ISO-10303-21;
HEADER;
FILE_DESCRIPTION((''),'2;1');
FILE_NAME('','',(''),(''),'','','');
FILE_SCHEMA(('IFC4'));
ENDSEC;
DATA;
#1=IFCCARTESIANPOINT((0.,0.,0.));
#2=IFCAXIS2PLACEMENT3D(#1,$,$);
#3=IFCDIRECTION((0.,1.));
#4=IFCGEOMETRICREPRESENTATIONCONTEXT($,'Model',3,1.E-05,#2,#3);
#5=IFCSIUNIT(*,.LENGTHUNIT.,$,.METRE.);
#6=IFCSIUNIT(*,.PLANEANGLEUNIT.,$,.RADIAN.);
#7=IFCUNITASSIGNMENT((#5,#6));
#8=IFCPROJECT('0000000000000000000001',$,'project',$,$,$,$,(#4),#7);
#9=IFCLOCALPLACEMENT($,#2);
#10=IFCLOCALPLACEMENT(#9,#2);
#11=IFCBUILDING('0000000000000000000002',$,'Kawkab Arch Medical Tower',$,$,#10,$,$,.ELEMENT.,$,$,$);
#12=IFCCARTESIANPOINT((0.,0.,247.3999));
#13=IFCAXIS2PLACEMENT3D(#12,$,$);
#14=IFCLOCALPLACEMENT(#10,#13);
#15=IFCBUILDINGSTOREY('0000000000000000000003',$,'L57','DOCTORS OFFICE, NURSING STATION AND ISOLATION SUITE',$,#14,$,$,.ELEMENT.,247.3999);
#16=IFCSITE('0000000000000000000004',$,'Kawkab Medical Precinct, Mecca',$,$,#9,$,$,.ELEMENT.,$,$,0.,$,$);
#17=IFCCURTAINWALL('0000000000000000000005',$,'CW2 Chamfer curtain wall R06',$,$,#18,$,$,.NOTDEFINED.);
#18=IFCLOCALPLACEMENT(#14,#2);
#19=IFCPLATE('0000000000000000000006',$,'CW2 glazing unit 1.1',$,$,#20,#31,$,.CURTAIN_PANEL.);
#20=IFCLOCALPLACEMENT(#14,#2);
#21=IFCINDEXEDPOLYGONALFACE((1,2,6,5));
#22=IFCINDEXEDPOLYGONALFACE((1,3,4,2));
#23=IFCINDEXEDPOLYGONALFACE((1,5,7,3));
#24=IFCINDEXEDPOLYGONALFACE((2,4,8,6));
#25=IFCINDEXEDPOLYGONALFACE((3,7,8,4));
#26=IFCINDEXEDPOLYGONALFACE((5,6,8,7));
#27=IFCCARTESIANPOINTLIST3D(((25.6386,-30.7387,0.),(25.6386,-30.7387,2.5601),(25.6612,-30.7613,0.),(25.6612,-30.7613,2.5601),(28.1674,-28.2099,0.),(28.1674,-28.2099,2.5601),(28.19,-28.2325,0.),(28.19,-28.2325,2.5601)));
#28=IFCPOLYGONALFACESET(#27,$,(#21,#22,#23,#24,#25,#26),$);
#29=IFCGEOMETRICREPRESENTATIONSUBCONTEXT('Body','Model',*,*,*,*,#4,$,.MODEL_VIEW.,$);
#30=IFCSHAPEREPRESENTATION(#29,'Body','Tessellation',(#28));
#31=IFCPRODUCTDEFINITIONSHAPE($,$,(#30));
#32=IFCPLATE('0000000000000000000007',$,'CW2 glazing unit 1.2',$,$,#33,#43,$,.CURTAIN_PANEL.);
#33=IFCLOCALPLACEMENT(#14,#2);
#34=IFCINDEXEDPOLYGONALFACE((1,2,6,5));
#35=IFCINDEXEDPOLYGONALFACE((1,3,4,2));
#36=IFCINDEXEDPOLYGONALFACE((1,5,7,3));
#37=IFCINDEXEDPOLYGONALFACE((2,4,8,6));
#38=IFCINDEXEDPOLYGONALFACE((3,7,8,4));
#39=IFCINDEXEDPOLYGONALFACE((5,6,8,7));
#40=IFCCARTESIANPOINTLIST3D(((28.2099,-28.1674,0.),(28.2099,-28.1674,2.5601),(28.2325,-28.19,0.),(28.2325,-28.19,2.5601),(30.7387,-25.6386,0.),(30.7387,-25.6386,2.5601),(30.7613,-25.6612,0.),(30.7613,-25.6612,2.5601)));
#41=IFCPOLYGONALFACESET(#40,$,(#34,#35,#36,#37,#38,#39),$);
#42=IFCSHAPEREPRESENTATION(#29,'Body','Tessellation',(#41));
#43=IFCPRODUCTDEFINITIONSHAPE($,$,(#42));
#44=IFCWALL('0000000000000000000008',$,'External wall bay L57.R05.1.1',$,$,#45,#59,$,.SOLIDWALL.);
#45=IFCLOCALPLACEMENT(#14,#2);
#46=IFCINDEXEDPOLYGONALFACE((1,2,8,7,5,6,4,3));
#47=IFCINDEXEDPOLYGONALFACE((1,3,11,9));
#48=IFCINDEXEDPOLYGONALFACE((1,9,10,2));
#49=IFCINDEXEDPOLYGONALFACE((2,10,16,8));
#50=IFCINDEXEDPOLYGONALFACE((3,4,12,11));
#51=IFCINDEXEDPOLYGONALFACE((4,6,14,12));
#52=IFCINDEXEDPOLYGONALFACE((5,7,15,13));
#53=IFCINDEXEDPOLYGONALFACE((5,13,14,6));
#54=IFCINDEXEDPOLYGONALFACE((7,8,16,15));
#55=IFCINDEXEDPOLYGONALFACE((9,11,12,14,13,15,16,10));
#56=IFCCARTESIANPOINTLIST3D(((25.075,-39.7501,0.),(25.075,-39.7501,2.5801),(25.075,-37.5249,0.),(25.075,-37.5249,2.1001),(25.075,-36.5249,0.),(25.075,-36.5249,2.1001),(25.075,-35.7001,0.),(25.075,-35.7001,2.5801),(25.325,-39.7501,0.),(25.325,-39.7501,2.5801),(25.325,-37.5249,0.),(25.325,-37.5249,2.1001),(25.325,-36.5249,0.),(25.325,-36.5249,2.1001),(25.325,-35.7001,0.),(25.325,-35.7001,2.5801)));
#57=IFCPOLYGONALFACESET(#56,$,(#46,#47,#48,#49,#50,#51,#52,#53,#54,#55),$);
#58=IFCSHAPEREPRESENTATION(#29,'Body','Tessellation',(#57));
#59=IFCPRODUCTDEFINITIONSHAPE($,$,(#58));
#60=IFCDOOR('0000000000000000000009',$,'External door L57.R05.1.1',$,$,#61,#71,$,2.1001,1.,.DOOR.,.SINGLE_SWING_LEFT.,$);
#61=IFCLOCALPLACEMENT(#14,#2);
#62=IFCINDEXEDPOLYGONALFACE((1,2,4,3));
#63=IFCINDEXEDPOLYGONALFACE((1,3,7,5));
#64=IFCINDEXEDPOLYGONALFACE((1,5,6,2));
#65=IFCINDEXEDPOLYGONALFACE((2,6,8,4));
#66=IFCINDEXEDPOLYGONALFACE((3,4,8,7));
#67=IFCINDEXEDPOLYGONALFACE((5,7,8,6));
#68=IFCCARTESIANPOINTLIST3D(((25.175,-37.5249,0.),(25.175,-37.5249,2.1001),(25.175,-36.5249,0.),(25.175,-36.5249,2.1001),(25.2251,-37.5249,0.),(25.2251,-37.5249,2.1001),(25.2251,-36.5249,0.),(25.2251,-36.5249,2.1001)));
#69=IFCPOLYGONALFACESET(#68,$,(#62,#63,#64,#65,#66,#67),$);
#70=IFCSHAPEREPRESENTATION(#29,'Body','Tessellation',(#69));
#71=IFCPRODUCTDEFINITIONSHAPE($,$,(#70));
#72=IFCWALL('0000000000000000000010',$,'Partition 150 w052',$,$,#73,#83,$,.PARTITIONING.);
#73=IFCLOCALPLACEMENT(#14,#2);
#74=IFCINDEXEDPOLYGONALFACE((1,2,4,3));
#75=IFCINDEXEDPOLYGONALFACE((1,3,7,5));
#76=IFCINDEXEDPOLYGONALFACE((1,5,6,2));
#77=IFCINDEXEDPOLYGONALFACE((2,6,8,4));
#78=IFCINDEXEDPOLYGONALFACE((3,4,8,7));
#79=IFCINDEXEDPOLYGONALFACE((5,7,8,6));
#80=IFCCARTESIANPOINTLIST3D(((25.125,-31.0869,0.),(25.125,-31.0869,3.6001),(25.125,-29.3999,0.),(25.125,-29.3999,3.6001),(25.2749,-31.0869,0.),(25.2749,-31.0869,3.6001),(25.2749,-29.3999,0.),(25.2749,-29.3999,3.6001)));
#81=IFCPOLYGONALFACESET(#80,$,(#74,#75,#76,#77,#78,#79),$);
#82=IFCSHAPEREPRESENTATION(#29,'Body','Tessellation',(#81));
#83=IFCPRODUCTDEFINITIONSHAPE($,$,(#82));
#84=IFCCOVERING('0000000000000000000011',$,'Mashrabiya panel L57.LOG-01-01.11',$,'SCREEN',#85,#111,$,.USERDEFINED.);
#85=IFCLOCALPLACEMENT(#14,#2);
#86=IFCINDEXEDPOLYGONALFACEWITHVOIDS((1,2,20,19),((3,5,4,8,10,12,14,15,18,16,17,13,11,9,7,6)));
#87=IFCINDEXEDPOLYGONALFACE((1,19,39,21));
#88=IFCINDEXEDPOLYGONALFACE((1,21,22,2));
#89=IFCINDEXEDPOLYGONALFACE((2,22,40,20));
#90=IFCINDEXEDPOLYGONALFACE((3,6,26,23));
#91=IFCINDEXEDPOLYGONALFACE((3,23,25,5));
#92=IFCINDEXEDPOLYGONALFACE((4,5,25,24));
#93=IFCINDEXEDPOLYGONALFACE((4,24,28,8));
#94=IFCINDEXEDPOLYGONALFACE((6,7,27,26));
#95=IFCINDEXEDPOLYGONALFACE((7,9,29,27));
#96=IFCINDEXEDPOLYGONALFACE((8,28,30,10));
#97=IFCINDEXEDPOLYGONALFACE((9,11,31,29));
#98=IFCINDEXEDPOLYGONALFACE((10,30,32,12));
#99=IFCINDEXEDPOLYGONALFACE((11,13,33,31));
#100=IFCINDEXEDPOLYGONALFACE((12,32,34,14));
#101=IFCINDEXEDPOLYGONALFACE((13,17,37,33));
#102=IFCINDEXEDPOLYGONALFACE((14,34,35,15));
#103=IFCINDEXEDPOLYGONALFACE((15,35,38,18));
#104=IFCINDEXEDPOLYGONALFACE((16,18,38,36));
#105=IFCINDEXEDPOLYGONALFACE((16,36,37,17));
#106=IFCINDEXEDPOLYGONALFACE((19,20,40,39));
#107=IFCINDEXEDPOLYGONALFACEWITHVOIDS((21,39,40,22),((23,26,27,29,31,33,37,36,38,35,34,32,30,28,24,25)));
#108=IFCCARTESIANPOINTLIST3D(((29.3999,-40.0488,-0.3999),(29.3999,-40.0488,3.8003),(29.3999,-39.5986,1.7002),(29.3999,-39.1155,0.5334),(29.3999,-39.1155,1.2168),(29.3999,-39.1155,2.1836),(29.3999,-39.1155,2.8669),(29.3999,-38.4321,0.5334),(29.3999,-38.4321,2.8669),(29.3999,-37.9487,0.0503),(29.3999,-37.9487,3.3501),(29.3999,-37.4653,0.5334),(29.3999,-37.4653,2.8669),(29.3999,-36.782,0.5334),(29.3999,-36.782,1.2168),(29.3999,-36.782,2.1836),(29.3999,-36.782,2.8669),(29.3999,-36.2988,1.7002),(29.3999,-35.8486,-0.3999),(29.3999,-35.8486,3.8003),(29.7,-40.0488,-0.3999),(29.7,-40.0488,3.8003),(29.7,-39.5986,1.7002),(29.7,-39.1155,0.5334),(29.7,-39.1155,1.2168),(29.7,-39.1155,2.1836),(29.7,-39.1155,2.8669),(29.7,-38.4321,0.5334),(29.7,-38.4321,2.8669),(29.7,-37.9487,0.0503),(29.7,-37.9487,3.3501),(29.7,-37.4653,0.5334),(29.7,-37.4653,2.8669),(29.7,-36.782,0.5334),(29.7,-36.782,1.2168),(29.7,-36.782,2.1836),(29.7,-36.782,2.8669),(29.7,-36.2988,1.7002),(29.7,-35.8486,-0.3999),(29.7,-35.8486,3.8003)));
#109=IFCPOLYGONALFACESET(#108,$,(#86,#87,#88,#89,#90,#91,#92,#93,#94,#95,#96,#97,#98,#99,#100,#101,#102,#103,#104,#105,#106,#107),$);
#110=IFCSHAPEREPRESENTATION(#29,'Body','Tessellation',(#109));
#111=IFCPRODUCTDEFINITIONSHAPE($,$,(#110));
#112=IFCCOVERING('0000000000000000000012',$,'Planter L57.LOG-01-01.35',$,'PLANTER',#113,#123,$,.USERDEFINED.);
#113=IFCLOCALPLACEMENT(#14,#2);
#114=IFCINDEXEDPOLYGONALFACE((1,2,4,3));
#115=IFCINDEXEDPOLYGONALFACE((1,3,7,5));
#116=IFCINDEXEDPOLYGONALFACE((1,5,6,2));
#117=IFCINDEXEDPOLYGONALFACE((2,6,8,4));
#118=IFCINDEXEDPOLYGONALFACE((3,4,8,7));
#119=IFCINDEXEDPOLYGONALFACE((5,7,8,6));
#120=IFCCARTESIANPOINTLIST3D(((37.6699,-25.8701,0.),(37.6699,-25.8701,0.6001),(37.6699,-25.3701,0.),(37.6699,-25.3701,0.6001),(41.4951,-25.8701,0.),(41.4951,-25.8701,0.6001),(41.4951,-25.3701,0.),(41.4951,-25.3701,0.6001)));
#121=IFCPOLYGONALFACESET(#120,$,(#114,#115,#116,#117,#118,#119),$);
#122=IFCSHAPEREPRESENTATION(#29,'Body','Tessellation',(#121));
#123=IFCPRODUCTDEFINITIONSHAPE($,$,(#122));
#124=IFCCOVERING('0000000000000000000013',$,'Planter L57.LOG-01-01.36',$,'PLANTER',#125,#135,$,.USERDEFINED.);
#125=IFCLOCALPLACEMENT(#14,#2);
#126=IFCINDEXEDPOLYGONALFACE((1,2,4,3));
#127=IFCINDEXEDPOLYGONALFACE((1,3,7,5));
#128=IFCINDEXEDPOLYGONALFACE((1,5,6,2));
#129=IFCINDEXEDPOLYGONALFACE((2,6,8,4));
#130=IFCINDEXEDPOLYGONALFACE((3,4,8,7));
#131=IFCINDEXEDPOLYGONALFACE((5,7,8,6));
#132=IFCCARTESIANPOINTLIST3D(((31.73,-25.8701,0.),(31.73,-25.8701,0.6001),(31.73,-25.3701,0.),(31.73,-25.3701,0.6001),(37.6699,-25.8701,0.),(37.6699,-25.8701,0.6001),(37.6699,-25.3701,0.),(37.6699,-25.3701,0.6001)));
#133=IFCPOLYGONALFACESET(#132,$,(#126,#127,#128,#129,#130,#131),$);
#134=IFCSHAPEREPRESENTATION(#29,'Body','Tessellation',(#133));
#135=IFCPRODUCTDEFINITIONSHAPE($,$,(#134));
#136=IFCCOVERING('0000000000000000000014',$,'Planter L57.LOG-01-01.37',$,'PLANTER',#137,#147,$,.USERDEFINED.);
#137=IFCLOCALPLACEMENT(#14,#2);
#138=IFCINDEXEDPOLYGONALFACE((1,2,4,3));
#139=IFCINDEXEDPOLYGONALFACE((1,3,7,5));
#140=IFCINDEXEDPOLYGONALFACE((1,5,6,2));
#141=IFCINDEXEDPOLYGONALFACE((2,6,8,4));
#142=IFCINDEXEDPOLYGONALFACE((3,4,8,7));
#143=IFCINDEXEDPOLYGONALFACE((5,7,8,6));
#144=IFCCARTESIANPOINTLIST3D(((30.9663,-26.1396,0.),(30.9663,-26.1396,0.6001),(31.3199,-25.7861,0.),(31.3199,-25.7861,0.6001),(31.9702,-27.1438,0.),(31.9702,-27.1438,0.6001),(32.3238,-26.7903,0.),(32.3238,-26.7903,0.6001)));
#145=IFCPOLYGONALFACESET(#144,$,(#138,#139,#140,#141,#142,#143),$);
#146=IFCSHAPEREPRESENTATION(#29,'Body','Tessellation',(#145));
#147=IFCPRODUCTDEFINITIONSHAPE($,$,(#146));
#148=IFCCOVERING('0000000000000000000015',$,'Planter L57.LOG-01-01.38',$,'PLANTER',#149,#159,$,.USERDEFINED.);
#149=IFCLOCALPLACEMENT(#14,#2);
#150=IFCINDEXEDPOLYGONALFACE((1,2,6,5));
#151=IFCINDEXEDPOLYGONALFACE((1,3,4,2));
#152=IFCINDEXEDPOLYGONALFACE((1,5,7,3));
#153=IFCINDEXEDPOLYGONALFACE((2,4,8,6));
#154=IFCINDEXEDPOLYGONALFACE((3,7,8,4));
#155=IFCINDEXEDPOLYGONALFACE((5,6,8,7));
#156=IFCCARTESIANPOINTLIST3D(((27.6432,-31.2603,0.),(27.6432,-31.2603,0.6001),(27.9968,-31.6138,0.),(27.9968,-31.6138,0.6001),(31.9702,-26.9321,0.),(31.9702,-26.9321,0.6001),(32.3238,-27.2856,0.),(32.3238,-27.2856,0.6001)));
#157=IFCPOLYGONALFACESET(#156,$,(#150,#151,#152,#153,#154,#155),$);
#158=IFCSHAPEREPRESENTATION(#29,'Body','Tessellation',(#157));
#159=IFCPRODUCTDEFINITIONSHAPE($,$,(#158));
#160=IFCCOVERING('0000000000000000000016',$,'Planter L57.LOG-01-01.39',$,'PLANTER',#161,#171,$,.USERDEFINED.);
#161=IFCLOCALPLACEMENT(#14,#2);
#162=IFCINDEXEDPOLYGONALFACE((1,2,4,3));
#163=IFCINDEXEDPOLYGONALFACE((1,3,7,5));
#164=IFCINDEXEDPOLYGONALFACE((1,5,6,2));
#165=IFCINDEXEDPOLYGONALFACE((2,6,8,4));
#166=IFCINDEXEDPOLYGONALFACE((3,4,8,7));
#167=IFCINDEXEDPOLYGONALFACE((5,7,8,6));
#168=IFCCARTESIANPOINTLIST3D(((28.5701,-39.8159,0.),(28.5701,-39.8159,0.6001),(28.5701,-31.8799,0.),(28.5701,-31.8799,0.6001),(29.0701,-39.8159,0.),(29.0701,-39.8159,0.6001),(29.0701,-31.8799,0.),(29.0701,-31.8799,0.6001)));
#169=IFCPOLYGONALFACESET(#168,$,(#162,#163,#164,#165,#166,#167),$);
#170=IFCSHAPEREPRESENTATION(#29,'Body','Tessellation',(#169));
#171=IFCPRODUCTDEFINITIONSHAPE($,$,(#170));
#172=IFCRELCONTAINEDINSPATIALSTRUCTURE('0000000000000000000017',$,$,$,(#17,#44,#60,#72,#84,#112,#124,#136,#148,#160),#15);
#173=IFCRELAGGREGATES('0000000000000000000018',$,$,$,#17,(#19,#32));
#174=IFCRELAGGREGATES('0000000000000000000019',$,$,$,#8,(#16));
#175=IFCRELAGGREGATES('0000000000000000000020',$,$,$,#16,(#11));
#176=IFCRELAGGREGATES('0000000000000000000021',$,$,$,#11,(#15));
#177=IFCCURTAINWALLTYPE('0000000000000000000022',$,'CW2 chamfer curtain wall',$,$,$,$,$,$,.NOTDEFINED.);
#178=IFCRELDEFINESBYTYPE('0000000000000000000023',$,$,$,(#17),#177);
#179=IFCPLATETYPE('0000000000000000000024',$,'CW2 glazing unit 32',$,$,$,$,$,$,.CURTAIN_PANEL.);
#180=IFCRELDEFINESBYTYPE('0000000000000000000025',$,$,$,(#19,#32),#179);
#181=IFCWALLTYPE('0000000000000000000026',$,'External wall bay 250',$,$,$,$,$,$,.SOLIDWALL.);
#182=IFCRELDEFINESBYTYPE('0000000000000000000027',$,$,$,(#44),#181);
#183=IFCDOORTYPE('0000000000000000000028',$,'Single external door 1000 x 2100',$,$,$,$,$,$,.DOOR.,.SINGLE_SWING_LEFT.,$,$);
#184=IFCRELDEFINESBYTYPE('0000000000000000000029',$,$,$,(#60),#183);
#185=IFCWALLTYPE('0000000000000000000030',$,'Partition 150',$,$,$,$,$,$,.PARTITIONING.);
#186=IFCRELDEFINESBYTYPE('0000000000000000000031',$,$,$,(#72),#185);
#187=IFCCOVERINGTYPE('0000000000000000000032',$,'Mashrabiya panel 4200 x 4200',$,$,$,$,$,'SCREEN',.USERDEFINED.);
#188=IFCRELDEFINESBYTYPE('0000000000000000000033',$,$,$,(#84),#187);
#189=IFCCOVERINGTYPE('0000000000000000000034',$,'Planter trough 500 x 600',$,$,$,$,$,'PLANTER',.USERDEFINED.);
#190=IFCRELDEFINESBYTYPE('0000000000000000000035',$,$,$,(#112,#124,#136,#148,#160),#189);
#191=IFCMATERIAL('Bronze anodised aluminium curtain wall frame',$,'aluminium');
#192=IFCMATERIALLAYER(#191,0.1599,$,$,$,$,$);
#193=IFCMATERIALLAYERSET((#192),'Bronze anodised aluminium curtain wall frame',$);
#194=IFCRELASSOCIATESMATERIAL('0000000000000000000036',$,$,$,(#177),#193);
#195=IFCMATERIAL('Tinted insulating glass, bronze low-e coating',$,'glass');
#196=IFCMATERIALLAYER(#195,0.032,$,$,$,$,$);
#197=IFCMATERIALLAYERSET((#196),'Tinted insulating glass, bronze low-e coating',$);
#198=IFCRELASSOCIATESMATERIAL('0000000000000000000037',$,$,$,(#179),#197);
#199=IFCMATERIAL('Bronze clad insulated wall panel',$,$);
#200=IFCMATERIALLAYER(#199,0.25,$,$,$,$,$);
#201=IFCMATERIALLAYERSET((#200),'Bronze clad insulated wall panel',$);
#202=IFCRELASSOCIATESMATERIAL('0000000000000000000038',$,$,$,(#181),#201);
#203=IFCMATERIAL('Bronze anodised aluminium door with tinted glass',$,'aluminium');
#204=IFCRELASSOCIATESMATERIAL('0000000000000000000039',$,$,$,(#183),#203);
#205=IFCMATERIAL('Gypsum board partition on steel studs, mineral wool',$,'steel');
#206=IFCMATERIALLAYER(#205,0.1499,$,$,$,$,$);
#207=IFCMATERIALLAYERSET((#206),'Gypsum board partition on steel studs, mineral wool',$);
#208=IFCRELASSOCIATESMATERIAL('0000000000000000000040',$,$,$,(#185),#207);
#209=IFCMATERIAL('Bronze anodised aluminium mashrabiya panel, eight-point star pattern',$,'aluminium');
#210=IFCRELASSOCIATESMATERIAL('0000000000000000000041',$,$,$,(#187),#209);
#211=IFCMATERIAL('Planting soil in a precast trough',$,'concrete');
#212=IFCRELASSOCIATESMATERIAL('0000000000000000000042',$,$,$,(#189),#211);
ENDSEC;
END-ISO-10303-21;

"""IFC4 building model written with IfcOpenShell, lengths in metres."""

from ifc_helpers import new_model, si_unit, direction, frame, frame_2d, origin, origin_2d, place, context, subcontext, project, spatial, polyline, rectangle, outline, extrude, material, layer, layer_set, material_profile, profile_set, type_object, element, fill, aggregate, save


model = new_model("IFC4")

# Units and contexts
model_context = context("Model", 3, precision=1e-05, world=origin(), true_north=direction((0.0, 1.0)))
body_context = subcontext(model_context, "Body", "Model", "MODEL_VIEW")
ifc_project = project(units=[si_unit("LENGTHUNIT", "METRE"), si_unit("PLANEANGLEUNIT", "RADIAN")], contexts=[model_context])

# Site, building, storey
site_placement = place(None, origin())
site = spatial("IfcSite", under=ifc_project, at=site_placement, Name="Kawkab Medical Precinct, Mecca", CompositionType="ELEMENT", RefElevation=0.0)
building_placement = place(site_placement, origin())
building = spatial("IfcBuilding", under=site, at=building_placement, Name="Kawkab Arch Medical Tower", CompositionType="ELEMENT")
storey_placement = place(building_placement, frame((0.0, 0.0, 247.3999)))
storey = spatial("IfcBuildingStorey", under=building, at=storey_placement, Name="L57", Description="DOCTORS OFFICE, NURSING STATION AND ISOLATION SUITE", CompositionType="ELEMENT", Elevation=247.3999)

# Shared definitions
placement = place(storey_placement, origin())
ifc_material_1 = material(Name="Bronze anodised aluminium curtain wall frame", Category="aluminium")
ifc_layer_1 = layer(ifc_material_1, 0.1599)
ifc_layer_set_1 = layer_set([ifc_layer_1], Name="Bronze anodised aluminium curtain wall frame")
curtain_wall_type_1 = type_object("IfcCurtainWallType", Name="CW2 chamfer curtain wall", PredefinedType="NOTDEFINED", material=ifc_layer_set_1)

# Curtain wall
curtain_wall_1 = element("IfcCurtainWall", 1, at=placement, inside=storey, type_object=curtain_wall_type_1, Name="CW2 Chamfer curtain wall R06", PredefinedType="NOTDEFINED")

# Plates
ifc_material_2 = material(Name="Tinted insulating glass, bronze low-e coating", Category="glass")
ifc_layer_2 = layer(ifc_material_2, 0.032)
ifc_layer_set_2 = layer_set([ifc_layer_2], Name="Tinted insulating glass, bronze low-e coating")
plate_type_1 = type_object("IfcPlateType", Name="CW2 glazing unit 32", PredefinedType="CURTAIN_PANEL", material=ifc_layer_set_2)
plate_1_placement = place(storey_placement, frame((26.9143, -29.4856, 0.0), z_axis=(0.0, 0.0, 1.0), x_axis=(0.707107, 0.707107, 0.0)))
plate_1 = element("IfcPlate", 2, at=plate_1_placement, type_object=plate_type_1, Name="CW2 glazing unit 1.1", PredefinedType="CURTAIN_PANEL", context=body_context, shape_type="SweptSolid", body=[
    extrude(rectangle(XDim=3.5762, YDim=0.032, at=origin_2d()), origin(), (0.0, 0.0, 1.0), 2.5601),
])
plate_2_placement = place(storey_placement, frame((29.4856, -26.9143, 0.0), z_axis=(0.0, 0.0, 1.0), x_axis=(0.707107, 0.707107, 0.0)))
plate_2 = element("IfcPlate", 3, at=plate_2_placement, type_object=plate_type_1, Name="CW2 glazing unit 1.2", PredefinedType="CURTAIN_PANEL", context=body_context, shape_type="SweptSolid", body=[
    extrude(rectangle(XDim=3.5762, YDim=0.032, at=origin_2d()), origin(), (0.0, 0.0, 1.0), 2.5601),
])
aggregate(curtain_wall_1, [plate_1, plate_2])

# Wall, opening, door
ifc_material_3 = material(Name="Bronze clad insulated wall panel")
ifc_layer_3 = layer(ifc_material_3, 0.25)
ifc_layer_set_3 = layer_set([ifc_layer_3], Name="Bronze clad insulated wall panel")
wall_type_1 = type_object("IfcWallType", Name="External wall bay 250", PredefinedType="SOLIDWALL", material=ifc_layer_set_3)
wall_1_placement = place(storey_placement, frame((25.2, -39.75, 0.0), z_axis=(0.0, 0.0, 1.0), x_axis=(0.0, 1.0, 0.0)))
wall_1 = element("IfcWall", 4, at=wall_1_placement, inside=storey, type_object=wall_type_1, Name="External wall bay L57.R05.1.1", PredefinedType="SOLIDWALL", context=body_context, shape_type="SweptSolid", body=[
    extrude(rectangle(XDim=4.05, YDim=0.25, at=frame_2d((2.0249, 0.0))), origin(), (0.0, 0.0, 1.0), 2.5801),
])
opening_placement = place(wall_1_placement, frame((2.2251, 0.0, 0.0)))
opening = element("IfcOpeningElement", 5, at=opening_placement, cuts=wall_1, PredefinedType="OPENING", context=body_context, shape_type="SweptSolid", body=[
    extrude(rectangle(XDim=1.0, YDim=2.1001, at=frame_2d((0.5, 1.05))), frame((0.0, 0.135, 0.0), z_axis=(0.0, -1.0, 0.0), x_axis=(1.0, 0.0, 0.0)), (0.0, 0.0, 1.0), 0.27),
])
ifc_material_4 = material(Name="Bronze anodised aluminium door with tinted glass", Category="aluminium")
door_type = type_object("IfcDoorType", Name="Single external door 1000 x 2100", OperationType="SINGLE_SWING_LEFT", PredefinedType="DOOR", material=ifc_material_4)
door_placement = place(opening_placement, origin())
door = element("IfcDoor", 6, at=door_placement, inside=storey, type_object=door_type, Name="External door L57.R05.1.1", OperationType="SINGLE_SWING_LEFT", OverallHeight=2.1001, OverallWidth=1.0, PredefinedType="DOOR", context=body_context, shape_type="SweptSolid", body=[
    extrude(rectangle(XDim=1.0, YDim=2.1001, at=frame_2d((0.5, 1.05))), frame((0.0, 0.0249, 0.0), z_axis=(0.0, -1.0, 0.0), x_axis=(1.0, 0.0, 0.0)), (0.0, 0.0, 1.0), 0.05),
])
fill(opening, door)

# Wall
ifc_material_5 = material(Name="Gypsum board partition on steel studs, mineral wool", Category="steel")
ifc_layer_4 = layer(ifc_material_5, 0.1499)
ifc_layer_set_4 = layer_set([ifc_layer_4], Name="Gypsum board partition on steel studs, mineral wool")
wall_type_2 = type_object("IfcWallType", Name="Partition 150", PredefinedType="PARTITIONING", material=ifc_layer_set_4)
wall_2_placement = place(storey_placement, frame((25.2, -31.0869, 0.0), z_axis=(0.0, 0.0, 1.0), x_axis=(0.0, 1.0, 0.0)))
element("IfcWall", 7, at=wall_2_placement, inside=storey, type_object=wall_type_2, Name="Partition 150 w052", PredefinedType="PARTITIONING", context=body_context, shape_type="SweptSolid", body=[
    extrude(rectangle(XDim=1.687, YDim=0.1499, at=frame_2d((0.8435, 0.0))), origin(), (0.0, 0.0, 1.0), 3.6001),
])

# Coverings
ifc_material_6 = material(Name="Bronze anodised aluminium mashrabiya panel, eight-point star pattern", Category="aluminium")
ifc_material_profile_1 = material_profile(ifc_material_6, outline(polyline([(-2.1001, -2.1001), (2.1001, -2.1001), (2.1001, 2.1001), (-2.1001, 2.1001), (-2.1001, -2.1001)]), holes=[polyline([(1.6499, 0.0), (1.1667, 0.4834), (1.1667, 1.1667), (0.4834, 1.1667), (0.0, 1.6499), (-0.4834, 1.1667), (-1.1667, 1.1667), (-1.1667, 0.4834), (-1.6499, 0.0), (-1.1667, -0.4834), (-1.1667, -1.1667), (-0.4834, -1.1667), (0.0, -1.6499), (0.4834, -1.1667), (1.1667, -1.1667), (1.1667, -0.4834), (1.6499, 0.0)])]), Name="Mashrabiya panel 4200x4200")
ifc_profile_set_1 = profile_set([ifc_material_profile_1], Name="Bronze anodised aluminium mashrabiya panel, eight-point star pattern")
covering_type_1 = type_object("IfcCoveringType", Name="Mashrabiya panel 4200 x 4200", ElementType="SCREEN", PredefinedType="USERDEFINED", material=ifc_profile_set_1)
covering_1_placement = place(storey_placement, frame((29.3999, -37.9487, 1.7002), z_axis=(1.0, 0.0, 0.0), x_axis=(0.0, 1.0, 0.0)))
element("IfcCovering", 8, at=covering_1_placement, inside=storey, type_object=covering_type_1, Name="Mashrabiya panel L57.LOG-01-01.11", ObjectType="SCREEN", PredefinedType="USERDEFINED", context=body_context, shape_type="SweptSolid", body=[
    extrude(outline(polyline([(-2.1001, -2.1001), (2.1001, -2.1001), (2.1001, 2.1001), (-2.1001, 2.1001), (-2.1001, -2.1001)]), holes=[polyline([(1.6499, 0.0), (1.1667, 0.4834), (1.1667, 1.1667), (0.4834, 1.1667), (0.0, 1.6499), (-0.4834, 1.1667), (-1.1667, 1.1667), (-1.1667, 0.4834), (-1.6499, 0.0), (-1.1667, -0.4834), (-1.1667, -1.1667), (-0.4834, -1.1667), (0.0, -1.6499), (0.4834, -1.1667), (1.1667, -1.1667), (1.1667, -0.4834), (1.6499, 0.0)])]), origin(), (0.0, 0.0, 1.0), 0.3),
])
ifc_material_7 = material(Name="Planting soil in a precast trough", Category="concrete")
ifc_material_profile_2 = material_profile(ifc_material_7, rectangle(XDim=0.5, YDim=0.6001, at=origin_2d()), Name="Trough 500x600")
ifc_profile_set_2 = profile_set([ifc_material_profile_2], Name="Planting soil in a precast trough")
covering_type_2 = type_object("IfcCoveringType", Name="Planter trough 500 x 600", ElementType="PLANTER", PredefinedType="USERDEFINED", material=ifc_profile_set_2)
covering_2_placement = place(storey_placement, frame((41.4951, -25.6201, 0.3), z_axis=(-1.0, 0.0, 0.0), x_axis=(0.0, -1.0, 0.0)))
element("IfcCovering", 9, at=covering_2_placement, inside=storey, type_object=covering_type_2, Name="Planter L57.LOG-01-01.35", ObjectType="PLANTER", PredefinedType="USERDEFINED", context=body_context, shape_type="SweptSolid", body=[
    extrude(rectangle(XDim=0.5, YDim=0.6001, at=origin_2d()), origin(), (0.0, 0.0, 1.0), 3.8252),
])
covering_3_placement = place(storey_placement, frame((37.6699, -25.6201, 0.3), z_axis=(-1.0, 0.0, 0.0), x_axis=(0.0, -1.0, 0.0)))
element("IfcCovering", 10, at=covering_3_placement, inside=storey, type_object=covering_type_2, Name="Planter L57.LOG-01-01.36", ObjectType="PLANTER", PredefinedType="USERDEFINED", context=body_context, shape_type="SweptSolid", body=[
    extrude(rectangle(XDim=0.5, YDim=0.6001, at=origin_2d()), origin(), (0.0, 0.0, 1.0), 5.9399),
])
covering_4_placement = place(storey_placement, frame((31.1431, -25.9629, 0.3), z_axis=(0.707021, -0.707193, 0.0), x_axis=(0.707193, 0.707021, 0.0)))
element("IfcCovering", 11, at=covering_4_placement, inside=storey, type_object=covering_type_2, Name="Planter L57.LOG-01-01.37", ObjectType="PLANTER", PredefinedType="USERDEFINED", context=body_context, shape_type="SweptSolid", body=[
    extrude(rectangle(XDim=0.5, YDim=0.6001, at=origin_2d()), origin(), (0.0, 0.0, 1.0), 1.4199),
])
covering_5_placement = place(storey_placement, frame((32.147, -27.1089, 0.3), z_axis=(-0.707007, -0.707207, 0.0), x_axis=(0.707207, -0.707007, 0.0)))
element("IfcCovering", 12, at=covering_5_placement, inside=storey, type_object=covering_type_2, Name="Planter L57.LOG-01-01.38", ObjectType="PLANTER", PredefinedType="USERDEFINED", context=body_context, shape_type="SweptSolid", body=[
    extrude(rectangle(XDim=0.5, YDim=0.6001, at=origin_2d()), origin(), (0.0, 0.0, 1.0), 6.1201),
])
covering_6_placement = place(storey_placement, frame((28.8201, -31.8799, 0.3), z_axis=(0.0, -1.0, 0.0), x_axis=(1.0, 0.0, 0.0)))
element("IfcCovering", 13, at=covering_6_placement, inside=storey, type_object=covering_type_2, Name="Planter L57.LOG-01-01.39", ObjectType="PLANTER", PredefinedType="USERDEFINED", context=body_context, shape_type="SweptSolid", body=[
    extrude(rectangle(XDim=0.5, YDim=0.6001, at=origin_2d()), origin(), (0.0, 0.0, 1.0), 7.936),
])

save(model, "model.ifc")
